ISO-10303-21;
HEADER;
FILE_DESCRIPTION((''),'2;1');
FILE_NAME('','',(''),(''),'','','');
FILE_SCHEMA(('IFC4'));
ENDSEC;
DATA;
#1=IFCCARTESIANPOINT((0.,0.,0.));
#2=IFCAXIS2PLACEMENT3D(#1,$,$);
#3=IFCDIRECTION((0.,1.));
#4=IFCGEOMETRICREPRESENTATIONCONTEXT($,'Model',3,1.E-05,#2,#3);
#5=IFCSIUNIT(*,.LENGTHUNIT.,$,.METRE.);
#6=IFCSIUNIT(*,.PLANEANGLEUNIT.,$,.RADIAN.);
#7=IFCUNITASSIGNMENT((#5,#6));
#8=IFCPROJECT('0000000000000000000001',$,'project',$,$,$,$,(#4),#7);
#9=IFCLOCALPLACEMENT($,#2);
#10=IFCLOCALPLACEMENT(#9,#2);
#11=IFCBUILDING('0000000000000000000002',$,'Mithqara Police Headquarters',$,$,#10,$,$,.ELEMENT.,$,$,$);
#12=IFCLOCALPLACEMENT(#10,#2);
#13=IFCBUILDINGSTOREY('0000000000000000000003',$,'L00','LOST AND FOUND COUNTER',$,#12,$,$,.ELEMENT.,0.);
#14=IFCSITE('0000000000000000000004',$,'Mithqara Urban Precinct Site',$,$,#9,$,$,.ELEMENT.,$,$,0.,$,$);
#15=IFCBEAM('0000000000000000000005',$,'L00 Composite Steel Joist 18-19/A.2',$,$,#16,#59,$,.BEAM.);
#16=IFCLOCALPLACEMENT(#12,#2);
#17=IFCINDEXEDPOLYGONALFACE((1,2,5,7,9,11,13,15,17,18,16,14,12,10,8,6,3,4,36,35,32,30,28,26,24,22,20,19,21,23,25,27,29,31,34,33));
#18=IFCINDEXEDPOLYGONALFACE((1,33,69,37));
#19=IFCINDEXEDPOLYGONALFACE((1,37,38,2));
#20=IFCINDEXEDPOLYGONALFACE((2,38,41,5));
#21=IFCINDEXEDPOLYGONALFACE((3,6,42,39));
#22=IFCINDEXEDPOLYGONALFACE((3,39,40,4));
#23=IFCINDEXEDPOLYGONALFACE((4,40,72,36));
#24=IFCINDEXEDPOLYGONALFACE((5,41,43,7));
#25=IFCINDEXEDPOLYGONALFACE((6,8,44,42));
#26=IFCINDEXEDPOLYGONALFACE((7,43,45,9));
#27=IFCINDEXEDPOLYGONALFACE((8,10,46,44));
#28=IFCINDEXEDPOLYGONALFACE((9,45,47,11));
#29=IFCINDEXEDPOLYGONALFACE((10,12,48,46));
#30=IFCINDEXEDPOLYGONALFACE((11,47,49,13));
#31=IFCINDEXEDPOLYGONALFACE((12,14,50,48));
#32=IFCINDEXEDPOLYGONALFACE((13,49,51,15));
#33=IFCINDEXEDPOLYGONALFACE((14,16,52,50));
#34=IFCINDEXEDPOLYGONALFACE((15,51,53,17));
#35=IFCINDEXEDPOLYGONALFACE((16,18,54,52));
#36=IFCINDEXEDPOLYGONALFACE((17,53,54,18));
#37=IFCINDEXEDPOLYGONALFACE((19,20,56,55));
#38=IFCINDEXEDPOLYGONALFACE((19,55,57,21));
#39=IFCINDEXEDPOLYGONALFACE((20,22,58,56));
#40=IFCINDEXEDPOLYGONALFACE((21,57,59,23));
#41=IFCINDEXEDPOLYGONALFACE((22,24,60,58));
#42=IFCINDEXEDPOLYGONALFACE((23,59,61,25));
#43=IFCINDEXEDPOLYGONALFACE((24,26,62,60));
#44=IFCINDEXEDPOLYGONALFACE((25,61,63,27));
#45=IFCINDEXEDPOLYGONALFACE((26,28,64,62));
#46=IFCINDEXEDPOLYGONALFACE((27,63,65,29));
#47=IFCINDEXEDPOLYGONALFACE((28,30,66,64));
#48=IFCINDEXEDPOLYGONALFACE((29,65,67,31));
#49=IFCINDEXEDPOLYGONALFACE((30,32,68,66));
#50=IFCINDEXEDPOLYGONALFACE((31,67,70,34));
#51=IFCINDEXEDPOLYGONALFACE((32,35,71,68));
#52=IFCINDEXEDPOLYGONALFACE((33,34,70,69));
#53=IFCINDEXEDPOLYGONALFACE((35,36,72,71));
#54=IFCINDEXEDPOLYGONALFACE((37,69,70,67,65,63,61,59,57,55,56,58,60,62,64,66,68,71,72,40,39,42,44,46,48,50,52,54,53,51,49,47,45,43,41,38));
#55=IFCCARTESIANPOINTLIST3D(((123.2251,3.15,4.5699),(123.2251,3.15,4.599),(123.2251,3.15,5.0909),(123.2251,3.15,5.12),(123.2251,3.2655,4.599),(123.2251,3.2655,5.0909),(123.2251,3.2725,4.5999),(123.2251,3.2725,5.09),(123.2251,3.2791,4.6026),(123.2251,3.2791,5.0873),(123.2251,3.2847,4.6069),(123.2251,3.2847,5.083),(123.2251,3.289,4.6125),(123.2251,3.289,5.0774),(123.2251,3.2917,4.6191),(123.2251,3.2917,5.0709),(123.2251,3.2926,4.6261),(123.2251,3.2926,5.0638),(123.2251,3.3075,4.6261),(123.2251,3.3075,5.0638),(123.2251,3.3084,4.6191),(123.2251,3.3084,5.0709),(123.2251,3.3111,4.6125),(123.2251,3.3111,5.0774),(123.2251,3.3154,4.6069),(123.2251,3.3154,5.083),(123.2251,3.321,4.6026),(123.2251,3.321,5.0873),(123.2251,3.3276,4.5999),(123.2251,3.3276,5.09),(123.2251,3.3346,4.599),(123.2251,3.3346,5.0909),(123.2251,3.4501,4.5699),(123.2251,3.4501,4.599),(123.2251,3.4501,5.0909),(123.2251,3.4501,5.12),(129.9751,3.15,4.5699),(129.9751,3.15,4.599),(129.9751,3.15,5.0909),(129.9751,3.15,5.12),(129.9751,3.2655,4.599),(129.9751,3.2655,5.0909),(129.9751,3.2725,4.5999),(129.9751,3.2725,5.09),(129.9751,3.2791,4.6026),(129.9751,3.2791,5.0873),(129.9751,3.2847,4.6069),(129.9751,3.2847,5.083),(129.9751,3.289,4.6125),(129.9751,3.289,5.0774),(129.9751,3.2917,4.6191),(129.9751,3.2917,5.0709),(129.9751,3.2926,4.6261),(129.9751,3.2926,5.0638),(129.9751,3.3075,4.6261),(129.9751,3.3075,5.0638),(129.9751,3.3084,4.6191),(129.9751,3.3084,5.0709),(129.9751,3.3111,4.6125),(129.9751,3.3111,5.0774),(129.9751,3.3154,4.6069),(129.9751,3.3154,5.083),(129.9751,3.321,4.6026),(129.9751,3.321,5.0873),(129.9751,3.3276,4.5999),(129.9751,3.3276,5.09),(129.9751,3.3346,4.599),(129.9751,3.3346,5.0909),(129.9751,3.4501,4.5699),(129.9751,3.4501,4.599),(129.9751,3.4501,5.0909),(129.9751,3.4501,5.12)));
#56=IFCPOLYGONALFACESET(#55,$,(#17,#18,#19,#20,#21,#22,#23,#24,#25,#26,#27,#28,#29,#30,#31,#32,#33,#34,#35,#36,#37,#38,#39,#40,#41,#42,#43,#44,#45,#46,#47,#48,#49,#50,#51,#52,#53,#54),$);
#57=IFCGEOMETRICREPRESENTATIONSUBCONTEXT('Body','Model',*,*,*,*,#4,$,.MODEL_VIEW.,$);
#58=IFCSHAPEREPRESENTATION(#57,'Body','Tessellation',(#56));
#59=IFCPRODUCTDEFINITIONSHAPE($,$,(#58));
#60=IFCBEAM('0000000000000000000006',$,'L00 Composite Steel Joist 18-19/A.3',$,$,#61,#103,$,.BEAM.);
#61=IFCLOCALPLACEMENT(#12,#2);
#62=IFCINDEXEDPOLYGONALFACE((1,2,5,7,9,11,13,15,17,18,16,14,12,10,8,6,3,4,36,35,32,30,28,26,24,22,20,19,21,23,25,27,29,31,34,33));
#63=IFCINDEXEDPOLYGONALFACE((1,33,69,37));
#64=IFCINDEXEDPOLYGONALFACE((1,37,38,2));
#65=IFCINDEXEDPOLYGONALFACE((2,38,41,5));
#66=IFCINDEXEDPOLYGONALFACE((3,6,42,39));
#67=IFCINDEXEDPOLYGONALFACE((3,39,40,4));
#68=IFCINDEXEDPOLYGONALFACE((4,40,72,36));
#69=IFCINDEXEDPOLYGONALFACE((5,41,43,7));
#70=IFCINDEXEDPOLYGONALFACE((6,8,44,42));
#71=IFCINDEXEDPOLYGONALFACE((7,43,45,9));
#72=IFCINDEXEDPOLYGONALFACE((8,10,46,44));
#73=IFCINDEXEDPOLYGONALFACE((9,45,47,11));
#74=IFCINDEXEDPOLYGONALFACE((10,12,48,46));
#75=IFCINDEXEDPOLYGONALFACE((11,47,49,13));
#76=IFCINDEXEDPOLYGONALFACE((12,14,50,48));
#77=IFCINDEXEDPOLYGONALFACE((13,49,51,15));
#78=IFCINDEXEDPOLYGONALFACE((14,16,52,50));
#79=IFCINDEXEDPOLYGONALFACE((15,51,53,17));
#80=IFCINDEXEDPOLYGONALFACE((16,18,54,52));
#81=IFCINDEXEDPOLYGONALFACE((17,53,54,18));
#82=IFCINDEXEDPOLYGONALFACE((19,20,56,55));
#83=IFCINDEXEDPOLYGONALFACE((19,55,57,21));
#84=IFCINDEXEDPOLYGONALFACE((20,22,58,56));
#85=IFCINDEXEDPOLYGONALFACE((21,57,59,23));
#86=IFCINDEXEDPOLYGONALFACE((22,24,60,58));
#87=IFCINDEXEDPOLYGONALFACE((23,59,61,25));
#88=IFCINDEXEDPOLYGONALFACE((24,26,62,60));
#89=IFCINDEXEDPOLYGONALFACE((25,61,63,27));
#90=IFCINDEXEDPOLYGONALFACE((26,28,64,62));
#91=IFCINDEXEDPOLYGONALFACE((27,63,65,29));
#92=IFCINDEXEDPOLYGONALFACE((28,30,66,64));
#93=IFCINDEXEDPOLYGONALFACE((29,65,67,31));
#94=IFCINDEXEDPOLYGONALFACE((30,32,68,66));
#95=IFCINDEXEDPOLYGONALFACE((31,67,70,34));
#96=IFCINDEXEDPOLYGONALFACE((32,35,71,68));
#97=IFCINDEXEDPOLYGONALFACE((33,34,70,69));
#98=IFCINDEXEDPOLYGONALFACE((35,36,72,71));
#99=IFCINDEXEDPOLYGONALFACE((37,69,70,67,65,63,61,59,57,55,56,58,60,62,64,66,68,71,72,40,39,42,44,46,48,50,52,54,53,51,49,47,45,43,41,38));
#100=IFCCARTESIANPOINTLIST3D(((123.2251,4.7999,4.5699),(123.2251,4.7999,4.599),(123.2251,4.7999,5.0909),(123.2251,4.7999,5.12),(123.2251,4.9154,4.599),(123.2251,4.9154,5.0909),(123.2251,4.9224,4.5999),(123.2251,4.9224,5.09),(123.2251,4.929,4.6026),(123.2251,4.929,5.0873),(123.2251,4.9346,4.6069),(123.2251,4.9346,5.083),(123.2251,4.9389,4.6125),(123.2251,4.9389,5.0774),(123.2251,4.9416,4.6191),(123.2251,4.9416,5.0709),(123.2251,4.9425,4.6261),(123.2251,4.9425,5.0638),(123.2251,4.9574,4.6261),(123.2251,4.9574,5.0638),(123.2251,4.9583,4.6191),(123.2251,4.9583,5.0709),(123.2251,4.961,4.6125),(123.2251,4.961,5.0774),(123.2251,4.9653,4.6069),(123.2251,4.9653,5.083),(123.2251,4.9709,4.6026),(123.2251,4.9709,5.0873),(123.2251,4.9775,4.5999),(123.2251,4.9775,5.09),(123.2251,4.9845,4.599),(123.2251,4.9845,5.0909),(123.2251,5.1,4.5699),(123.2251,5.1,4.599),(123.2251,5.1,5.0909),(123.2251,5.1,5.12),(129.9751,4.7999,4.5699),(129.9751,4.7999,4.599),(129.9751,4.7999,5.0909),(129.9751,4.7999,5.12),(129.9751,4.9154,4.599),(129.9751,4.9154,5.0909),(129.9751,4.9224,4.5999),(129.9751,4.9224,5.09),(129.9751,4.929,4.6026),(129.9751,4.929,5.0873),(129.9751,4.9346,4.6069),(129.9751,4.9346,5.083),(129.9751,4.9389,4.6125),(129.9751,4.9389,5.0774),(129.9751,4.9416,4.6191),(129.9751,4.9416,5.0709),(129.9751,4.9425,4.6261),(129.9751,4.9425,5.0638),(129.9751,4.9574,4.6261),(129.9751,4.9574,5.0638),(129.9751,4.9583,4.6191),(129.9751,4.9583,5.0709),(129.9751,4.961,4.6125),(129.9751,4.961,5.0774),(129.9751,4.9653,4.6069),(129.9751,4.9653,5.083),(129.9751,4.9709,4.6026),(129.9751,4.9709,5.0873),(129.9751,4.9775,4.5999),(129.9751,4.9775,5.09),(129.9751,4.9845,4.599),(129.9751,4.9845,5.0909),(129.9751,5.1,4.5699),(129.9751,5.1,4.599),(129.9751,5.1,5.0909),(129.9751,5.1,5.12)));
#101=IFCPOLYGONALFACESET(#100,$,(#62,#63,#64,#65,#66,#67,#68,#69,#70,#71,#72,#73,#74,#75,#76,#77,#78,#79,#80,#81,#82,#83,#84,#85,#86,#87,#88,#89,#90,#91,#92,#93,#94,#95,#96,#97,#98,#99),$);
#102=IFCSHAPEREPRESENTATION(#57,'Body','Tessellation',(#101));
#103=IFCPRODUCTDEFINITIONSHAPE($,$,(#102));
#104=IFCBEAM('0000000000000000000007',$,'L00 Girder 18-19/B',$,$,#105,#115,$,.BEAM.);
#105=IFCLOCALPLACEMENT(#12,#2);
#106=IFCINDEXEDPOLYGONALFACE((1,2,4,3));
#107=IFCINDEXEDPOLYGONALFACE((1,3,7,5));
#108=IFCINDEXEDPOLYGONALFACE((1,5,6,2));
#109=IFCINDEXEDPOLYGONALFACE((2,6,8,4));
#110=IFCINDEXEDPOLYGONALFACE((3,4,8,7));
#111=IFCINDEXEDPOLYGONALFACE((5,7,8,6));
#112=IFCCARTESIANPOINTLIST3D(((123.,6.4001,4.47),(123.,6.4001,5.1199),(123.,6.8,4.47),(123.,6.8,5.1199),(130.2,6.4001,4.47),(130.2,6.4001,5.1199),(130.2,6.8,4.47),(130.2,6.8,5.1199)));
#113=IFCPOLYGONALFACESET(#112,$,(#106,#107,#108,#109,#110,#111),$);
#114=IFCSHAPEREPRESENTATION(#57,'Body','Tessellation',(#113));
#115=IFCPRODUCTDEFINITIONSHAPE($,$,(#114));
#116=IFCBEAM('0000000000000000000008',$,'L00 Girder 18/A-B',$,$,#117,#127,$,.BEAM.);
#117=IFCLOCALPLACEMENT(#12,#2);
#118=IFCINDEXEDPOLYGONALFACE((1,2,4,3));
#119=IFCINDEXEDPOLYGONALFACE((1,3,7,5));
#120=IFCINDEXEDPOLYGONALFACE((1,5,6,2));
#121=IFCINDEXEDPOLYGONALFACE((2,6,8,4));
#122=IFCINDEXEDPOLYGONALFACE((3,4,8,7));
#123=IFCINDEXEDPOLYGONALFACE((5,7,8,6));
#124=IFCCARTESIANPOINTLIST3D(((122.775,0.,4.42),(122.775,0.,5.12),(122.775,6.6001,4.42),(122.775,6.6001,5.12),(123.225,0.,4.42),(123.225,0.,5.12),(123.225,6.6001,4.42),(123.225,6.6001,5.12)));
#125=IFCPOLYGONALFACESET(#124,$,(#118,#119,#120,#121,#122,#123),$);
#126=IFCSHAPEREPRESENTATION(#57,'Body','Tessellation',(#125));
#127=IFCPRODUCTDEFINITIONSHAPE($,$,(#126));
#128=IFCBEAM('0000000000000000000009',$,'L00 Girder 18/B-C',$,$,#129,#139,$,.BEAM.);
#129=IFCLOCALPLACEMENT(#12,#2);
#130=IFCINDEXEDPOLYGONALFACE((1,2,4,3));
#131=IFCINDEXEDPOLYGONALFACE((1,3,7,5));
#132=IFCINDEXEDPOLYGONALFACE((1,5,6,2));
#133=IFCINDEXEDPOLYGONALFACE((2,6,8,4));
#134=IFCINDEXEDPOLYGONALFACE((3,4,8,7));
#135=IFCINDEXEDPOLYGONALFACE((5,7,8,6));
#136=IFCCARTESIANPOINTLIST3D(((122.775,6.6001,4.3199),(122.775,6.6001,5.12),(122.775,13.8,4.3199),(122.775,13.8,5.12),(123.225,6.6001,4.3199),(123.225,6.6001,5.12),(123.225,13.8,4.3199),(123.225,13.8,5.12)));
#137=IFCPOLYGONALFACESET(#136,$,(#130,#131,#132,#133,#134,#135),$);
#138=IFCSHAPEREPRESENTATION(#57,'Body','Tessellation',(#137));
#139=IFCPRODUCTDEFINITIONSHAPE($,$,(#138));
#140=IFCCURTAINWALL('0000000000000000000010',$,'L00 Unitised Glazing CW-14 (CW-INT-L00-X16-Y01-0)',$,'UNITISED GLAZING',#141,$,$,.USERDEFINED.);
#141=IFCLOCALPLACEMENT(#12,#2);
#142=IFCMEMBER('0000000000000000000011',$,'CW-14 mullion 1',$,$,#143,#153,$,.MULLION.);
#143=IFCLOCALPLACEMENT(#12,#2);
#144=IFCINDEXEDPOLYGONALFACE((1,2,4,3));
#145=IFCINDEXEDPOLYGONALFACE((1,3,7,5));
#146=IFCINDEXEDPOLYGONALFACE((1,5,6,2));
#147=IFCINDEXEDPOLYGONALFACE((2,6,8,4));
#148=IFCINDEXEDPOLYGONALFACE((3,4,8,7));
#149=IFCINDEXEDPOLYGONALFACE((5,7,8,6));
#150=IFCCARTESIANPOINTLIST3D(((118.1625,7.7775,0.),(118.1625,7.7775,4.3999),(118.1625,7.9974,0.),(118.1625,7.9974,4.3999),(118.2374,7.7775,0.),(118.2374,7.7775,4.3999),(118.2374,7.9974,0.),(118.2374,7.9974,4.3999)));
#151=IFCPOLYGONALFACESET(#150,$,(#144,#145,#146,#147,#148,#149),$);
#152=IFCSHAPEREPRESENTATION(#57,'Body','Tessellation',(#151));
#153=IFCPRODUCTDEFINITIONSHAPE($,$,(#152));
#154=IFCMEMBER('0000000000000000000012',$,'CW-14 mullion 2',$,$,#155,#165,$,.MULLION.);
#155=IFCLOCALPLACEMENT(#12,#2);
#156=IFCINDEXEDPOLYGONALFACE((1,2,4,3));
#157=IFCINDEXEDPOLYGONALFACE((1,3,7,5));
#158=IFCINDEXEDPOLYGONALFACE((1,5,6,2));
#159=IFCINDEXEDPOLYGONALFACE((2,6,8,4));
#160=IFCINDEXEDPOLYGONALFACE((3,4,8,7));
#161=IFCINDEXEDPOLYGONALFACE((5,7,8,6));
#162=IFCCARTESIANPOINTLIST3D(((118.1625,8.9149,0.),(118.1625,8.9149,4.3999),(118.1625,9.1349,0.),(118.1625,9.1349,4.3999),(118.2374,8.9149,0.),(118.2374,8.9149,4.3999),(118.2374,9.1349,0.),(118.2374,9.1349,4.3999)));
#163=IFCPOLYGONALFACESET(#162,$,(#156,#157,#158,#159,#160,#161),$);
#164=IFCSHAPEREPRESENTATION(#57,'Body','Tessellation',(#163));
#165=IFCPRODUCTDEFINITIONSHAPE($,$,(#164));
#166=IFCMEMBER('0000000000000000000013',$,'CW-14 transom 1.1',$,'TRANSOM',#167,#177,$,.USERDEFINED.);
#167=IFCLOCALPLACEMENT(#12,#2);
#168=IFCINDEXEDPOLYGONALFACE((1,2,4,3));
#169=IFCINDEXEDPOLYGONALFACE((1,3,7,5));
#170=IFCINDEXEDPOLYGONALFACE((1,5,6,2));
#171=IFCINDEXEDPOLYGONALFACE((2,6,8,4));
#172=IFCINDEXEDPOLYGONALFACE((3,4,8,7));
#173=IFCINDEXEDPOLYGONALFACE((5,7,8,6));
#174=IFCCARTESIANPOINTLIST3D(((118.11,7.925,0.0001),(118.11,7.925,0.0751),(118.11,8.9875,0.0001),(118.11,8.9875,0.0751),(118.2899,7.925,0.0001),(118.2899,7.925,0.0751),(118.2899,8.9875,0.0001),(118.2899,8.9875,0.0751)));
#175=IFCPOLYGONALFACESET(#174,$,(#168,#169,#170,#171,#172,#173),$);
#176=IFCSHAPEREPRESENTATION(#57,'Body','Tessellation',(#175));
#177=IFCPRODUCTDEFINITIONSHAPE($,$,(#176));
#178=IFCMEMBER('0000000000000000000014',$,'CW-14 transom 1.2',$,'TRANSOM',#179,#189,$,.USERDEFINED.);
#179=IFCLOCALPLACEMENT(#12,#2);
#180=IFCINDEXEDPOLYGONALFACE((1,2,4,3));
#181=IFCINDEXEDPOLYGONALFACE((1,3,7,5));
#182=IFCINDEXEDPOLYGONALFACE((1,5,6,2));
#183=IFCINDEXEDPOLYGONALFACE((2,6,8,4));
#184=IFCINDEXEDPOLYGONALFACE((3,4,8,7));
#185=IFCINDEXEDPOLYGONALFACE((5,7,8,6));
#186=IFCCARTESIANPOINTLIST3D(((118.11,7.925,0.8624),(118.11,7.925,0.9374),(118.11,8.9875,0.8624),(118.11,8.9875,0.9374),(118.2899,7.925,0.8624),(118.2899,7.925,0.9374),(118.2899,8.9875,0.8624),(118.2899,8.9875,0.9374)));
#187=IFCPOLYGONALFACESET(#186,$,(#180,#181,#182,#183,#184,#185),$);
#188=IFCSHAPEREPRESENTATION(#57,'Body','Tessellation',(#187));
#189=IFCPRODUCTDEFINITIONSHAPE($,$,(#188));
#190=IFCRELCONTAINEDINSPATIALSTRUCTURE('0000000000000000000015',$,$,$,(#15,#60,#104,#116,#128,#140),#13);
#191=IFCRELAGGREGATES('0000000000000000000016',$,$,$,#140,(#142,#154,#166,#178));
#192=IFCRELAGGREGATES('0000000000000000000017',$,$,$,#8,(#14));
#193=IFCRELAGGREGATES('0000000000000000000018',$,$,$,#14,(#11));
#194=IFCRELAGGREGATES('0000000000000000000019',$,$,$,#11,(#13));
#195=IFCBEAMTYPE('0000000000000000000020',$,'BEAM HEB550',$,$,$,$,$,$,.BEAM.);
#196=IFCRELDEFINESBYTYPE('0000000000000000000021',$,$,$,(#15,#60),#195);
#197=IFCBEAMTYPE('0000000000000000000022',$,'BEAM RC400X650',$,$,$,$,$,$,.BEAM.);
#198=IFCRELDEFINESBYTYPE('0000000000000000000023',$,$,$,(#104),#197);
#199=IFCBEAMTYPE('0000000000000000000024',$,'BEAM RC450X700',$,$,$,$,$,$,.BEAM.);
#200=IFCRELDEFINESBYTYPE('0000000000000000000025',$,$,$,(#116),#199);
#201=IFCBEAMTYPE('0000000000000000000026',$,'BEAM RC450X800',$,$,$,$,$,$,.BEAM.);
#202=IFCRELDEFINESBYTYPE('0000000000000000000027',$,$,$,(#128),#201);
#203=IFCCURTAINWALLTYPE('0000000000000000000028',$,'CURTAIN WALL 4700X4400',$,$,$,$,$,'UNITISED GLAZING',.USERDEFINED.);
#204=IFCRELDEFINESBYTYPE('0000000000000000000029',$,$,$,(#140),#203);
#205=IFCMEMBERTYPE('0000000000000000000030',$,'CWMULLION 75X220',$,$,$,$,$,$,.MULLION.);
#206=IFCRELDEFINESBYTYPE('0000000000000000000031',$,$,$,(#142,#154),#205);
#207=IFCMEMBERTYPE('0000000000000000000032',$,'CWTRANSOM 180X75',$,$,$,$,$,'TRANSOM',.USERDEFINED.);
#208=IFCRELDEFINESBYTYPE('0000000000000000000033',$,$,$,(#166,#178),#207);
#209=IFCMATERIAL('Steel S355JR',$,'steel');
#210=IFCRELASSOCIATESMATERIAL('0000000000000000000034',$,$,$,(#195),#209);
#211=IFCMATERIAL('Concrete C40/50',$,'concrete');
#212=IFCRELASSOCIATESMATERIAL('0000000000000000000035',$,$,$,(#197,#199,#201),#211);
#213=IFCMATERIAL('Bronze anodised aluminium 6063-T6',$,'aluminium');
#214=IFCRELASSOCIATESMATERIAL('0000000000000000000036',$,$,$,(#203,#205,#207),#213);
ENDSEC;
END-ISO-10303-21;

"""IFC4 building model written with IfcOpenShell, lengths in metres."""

from ifc_helpers import new_model, si_unit, direction, frame, origin, origin_2d, place, context, subcontext, project, spatial, rectangle, i_section, extrude, material, material_profile, profile_set, type_object, element, aggregate, save


model = new_model("IFC4")

# Units and contexts
model_context = context("Model", 3, precision=1e-05, world=origin(), true_north=direction((0.0, 1.0)))
body_context = subcontext(model_context, "Body", "Model", "MODEL_VIEW")
ifc_project = project(units=[si_unit("LENGTHUNIT", "METRE"), si_unit("PLANEANGLEUNIT", "RADIAN")], contexts=[model_context])

# Site, building, storey
site_placement = place(None, origin())
site = spatial("IfcSite", under=ifc_project, at=site_placement, Name="Mithqara Urban Precinct Site", CompositionType="ELEMENT", RefElevation=0.0)
building_placement = place(site_placement, origin())
building = spatial("IfcBuilding", under=site, at=building_placement, Name="Mithqara Police Headquarters", CompositionType="ELEMENT")
storey_placement = place(building_placement, origin())
storey = spatial("IfcBuildingStorey", under=building, at=storey_placement, Name="L00", Description="LOST AND FOUND COUNTER", CompositionType="ELEMENT", Elevation=0.0)

# Shared definitions
ifc_material_1 = material(Name="Concrete C40/50", Category="concrete")

# Beams
ifc_material_2 = material(Name="Steel S355JR", Category="steel")
ifc_material_profile_1 = material_profile(ifc_material_2, i_section(OverallWidth=0.3, OverallDepth=0.55, WebThickness=0.0149, FlangeThickness=0.0291, FilletRadius=0.0271, at=origin_2d()), Name="HEB 550")
ifc_profile_set_1 = profile_set([ifc_material_profile_1], Name="Steel S355JR")
beam_type_1 = type_object("IfcBeamType", Name="BEAM HEB550", PredefinedType="BEAM", material=ifc_profile_set_1)
for number, where, z_axis, x_axis, name in (
    (1, (123.2251, 3.3, 4.845), (1.0, 0.0, 0.0), (0.0, 1.0, 0.0), "L00 Composite Steel Joist 18-19/A.2"),
    (2, (123.2251, 4.95, 4.845), (1.0, 0.0, 0.0), (0.0, 1.0, 0.0), "L00 Composite Steel Joist 18-19/A.3"),
):
    element("IfcBeam", number, at=place(storey_placement, frame(where, z_axis=z_axis, x_axis=x_axis)), inside=storey, type_object=beam_type_1, Name=name, PredefinedType="BEAM", context=body_context, shape_type="SweptSolid", body=[
        extrude(i_section(OverallWidth=0.3, OverallDepth=0.55, WebThickness=0.0149, FlangeThickness=0.0291, FilletRadius=0.0271, at=origin_2d()), origin(), (0.0, 0.0, 1.0), 6.75),
    ])
ifc_material_profile_2 = material_profile(ifc_material_1, rectangle(XDim=0.3999, YDim=0.6499, at=origin_2d()), Name="RC 400x650")
ifc_profile_set_2 = profile_set([ifc_material_profile_2], Name="Concrete C40/50")
beam_type_2 = type_object("IfcBeamType", Name="BEAM RC400X650", PredefinedType="BEAM", material=ifc_profile_set_2)
beam_1_placement = place(storey_placement, frame((123.0, 6.6001, 4.7949), z_axis=(1.0, 0.0, 0.0), x_axis=(0.0, 1.0, 0.0)))
element("IfcBeam", 3, at=beam_1_placement, inside=storey, type_object=beam_type_2, Name="L00 Girder 18-19/B", PredefinedType="BEAM", context=body_context, shape_type="SweptSolid", body=[
    extrude(rectangle(XDim=0.3999, YDim=0.6499, at=origin_2d()), origin(), (0.0, 0.0, 1.0), 7.2),
])
ifc_material_profile_3 = material_profile(ifc_material_1, rectangle(XDim=0.45, YDim=0.7, at=origin_2d()), Name="RC 450x700")
ifc_profile_set_3 = profile_set([ifc_material_profile_3], Name="Concrete C40/50")
beam_type_3 = type_object("IfcBeamType", Name="BEAM RC450X700", PredefinedType="BEAM", material=ifc_profile_set_3)
beam_2_placement = place(storey_placement, frame((123.0, 0.0, 4.77), z_axis=(0.0, 1.0, 0.0), x_axis=(-1.0, 0.0, 0.0)))
element("IfcBeam", 4, at=beam_2_placement, inside=storey, type_object=beam_type_3, Name="L00 Girder 18/A-B", PredefinedType="BEAM", context=body_context, shape_type="SweptSolid", body=[
    extrude(rectangle(XDim=0.45, YDim=0.7, at=origin_2d()), origin(), (0.0, 0.0, 1.0), 6.6001),
])
ifc_material_profile_4 = material_profile(ifc_material_1, rectangle(XDim=0.45, YDim=0.8, at=origin_2d()), Name="RC 450x800")
ifc_profile_set_4 = profile_set([ifc_material_profile_4], Name="Concrete C40/50")
beam_type_4 = type_object("IfcBeamType", Name="BEAM RC450X800", PredefinedType="BEAM", material=ifc_profile_set_4)
beam_3_placement = place(storey_placement, frame((123.0, 6.6001, 4.72), z_axis=(0.0, 1.0, 0.0), x_axis=(-1.0, 0.0, 0.0)))
element("IfcBeam", 5, at=beam_3_placement, inside=storey, type_object=beam_type_4, Name="L00 Girder 18/B-C", PredefinedType="BEAM", context=body_context, shape_type="SweptSolid", body=[
    extrude(rectangle(XDim=0.45, YDim=0.8, at=origin_2d()), origin(), (0.0, 0.0, 1.0), 7.2),
])

# Curtain wall, members
ifc_material_3 = material(Name="Bronze anodised aluminium 6063-T6", Category="aluminium")
curtain_wall_type = type_object("IfcCurtainWallType", Name="CURTAIN WALL 4700X4400", ElementType="UNITISED GLAZING", PredefinedType="USERDEFINED", material=ifc_material_3)
curtain_wall_placement = place(storey_placement, origin())
curtain_wall = element("IfcCurtainWall", 6, at=curtain_wall_placement, inside=storey, type_object=curtain_wall_type, Name="L00 Unitised Glazing CW-14 (CW-INT-L00-X16-Y01-0)", ObjectType="UNITISED GLAZING", PredefinedType="USERDEFINED")
ifc_material_profile_5 = material_profile(ifc_material_3, rectangle(XDim=0.075, YDim=0.22, at=origin_2d()), Name="CWM 75x220")
ifc_profile_set_5 = profile_set([ifc_material_profile_5], Name="Bronze anodised aluminium 6063-T6")
member_type_1 = type_object("IfcMemberType", Name="CWMULLION 75X220", PredefinedType="MULLION", material=ifc_profile_set_5)
member_1_placement = place(storey_placement, frame((118.2, 7.8875, 0.0), z_axis=(0.0, 0.0, 1.0), x_axis=(-1.0, 0.0, 0.0)))
member_1 = element("IfcMember", 7, at=member_1_placement, type_object=member_type_1, Name="CW-14 mullion 1", PredefinedType="MULLION", context=body_context, shape_type="SweptSolid", body=[
    extrude(rectangle(XDim=0.075, YDim=0.22, at=origin_2d()), origin(), (0.0, 0.0, 1.0), 4.3999),
])
member_2_placement = place(storey_placement, frame((118.2, 9.0249, 0.0), z_axis=(0.0, 0.0, 1.0), x_axis=(-1.0, 0.0, 0.0)))
member_2 = element("IfcMember", 8, at=member_2_placement, type_object=member_type_1, Name="CW-14 mullion 2", PredefinedType="MULLION", context=body_context, shape_type="SweptSolid", body=[
    extrude(rectangle(XDim=0.075, YDim=0.22, at=origin_2d()), origin(), (0.0, 0.0, 1.0), 4.3999),
])
ifc_material_profile_6 = material_profile(ifc_material_3, rectangle(XDim=0.1799, YDim=0.075, at=origin_2d()), Name="CWT 180x75")
ifc_profile_set_6 = profile_set([ifc_material_profile_6], Name="Bronze anodised aluminium 6063-T6")
member_type_2 = type_object("IfcMemberType", Name="CWTRANSOM 180X75", ElementType="TRANSOM", PredefinedType="USERDEFINED", material=ifc_profile_set_6)
member_3_placement = place(storey_placement, frame((118.2, 7.925, 0.0376), z_axis=(0.0, 1.0, 0.0), x_axis=(-1.0, 0.0, 0.0)))
member_3 = element("IfcMember", 9, at=member_3_placement, type_object=member_type_2, Name="CW-14 transom 1.1", ObjectType="TRANSOM", PredefinedType="USERDEFINED", context=body_context, shape_type="SweptSolid", body=[
    extrude(rectangle(XDim=0.1799, YDim=0.075, at=origin_2d()), origin(), (0.0, 0.0, 1.0), 1.0625),
])
member_4_placement = place(storey_placement, frame((118.2, 7.925, 0.8999), z_axis=(0.0, 1.0, 0.0), x_axis=(-1.0, 0.0, 0.0)))
member_4 = element("IfcMember", 10, at=member_4_placement, type_object=member_type_2, Name="CW-14 transom 1.2", ObjectType="TRANSOM", PredefinedType="USERDEFINED", context=body_context, shape_type="SweptSolid", body=[
    extrude(rectangle(XDim=0.1799, YDim=0.075, at=origin_2d()), origin(), (0.0, 0.0, 1.0), 1.0625),
])

aggregate(curtain_wall, [member_1, member_2, member_3, member_4])

save(model, "model.ifc")
